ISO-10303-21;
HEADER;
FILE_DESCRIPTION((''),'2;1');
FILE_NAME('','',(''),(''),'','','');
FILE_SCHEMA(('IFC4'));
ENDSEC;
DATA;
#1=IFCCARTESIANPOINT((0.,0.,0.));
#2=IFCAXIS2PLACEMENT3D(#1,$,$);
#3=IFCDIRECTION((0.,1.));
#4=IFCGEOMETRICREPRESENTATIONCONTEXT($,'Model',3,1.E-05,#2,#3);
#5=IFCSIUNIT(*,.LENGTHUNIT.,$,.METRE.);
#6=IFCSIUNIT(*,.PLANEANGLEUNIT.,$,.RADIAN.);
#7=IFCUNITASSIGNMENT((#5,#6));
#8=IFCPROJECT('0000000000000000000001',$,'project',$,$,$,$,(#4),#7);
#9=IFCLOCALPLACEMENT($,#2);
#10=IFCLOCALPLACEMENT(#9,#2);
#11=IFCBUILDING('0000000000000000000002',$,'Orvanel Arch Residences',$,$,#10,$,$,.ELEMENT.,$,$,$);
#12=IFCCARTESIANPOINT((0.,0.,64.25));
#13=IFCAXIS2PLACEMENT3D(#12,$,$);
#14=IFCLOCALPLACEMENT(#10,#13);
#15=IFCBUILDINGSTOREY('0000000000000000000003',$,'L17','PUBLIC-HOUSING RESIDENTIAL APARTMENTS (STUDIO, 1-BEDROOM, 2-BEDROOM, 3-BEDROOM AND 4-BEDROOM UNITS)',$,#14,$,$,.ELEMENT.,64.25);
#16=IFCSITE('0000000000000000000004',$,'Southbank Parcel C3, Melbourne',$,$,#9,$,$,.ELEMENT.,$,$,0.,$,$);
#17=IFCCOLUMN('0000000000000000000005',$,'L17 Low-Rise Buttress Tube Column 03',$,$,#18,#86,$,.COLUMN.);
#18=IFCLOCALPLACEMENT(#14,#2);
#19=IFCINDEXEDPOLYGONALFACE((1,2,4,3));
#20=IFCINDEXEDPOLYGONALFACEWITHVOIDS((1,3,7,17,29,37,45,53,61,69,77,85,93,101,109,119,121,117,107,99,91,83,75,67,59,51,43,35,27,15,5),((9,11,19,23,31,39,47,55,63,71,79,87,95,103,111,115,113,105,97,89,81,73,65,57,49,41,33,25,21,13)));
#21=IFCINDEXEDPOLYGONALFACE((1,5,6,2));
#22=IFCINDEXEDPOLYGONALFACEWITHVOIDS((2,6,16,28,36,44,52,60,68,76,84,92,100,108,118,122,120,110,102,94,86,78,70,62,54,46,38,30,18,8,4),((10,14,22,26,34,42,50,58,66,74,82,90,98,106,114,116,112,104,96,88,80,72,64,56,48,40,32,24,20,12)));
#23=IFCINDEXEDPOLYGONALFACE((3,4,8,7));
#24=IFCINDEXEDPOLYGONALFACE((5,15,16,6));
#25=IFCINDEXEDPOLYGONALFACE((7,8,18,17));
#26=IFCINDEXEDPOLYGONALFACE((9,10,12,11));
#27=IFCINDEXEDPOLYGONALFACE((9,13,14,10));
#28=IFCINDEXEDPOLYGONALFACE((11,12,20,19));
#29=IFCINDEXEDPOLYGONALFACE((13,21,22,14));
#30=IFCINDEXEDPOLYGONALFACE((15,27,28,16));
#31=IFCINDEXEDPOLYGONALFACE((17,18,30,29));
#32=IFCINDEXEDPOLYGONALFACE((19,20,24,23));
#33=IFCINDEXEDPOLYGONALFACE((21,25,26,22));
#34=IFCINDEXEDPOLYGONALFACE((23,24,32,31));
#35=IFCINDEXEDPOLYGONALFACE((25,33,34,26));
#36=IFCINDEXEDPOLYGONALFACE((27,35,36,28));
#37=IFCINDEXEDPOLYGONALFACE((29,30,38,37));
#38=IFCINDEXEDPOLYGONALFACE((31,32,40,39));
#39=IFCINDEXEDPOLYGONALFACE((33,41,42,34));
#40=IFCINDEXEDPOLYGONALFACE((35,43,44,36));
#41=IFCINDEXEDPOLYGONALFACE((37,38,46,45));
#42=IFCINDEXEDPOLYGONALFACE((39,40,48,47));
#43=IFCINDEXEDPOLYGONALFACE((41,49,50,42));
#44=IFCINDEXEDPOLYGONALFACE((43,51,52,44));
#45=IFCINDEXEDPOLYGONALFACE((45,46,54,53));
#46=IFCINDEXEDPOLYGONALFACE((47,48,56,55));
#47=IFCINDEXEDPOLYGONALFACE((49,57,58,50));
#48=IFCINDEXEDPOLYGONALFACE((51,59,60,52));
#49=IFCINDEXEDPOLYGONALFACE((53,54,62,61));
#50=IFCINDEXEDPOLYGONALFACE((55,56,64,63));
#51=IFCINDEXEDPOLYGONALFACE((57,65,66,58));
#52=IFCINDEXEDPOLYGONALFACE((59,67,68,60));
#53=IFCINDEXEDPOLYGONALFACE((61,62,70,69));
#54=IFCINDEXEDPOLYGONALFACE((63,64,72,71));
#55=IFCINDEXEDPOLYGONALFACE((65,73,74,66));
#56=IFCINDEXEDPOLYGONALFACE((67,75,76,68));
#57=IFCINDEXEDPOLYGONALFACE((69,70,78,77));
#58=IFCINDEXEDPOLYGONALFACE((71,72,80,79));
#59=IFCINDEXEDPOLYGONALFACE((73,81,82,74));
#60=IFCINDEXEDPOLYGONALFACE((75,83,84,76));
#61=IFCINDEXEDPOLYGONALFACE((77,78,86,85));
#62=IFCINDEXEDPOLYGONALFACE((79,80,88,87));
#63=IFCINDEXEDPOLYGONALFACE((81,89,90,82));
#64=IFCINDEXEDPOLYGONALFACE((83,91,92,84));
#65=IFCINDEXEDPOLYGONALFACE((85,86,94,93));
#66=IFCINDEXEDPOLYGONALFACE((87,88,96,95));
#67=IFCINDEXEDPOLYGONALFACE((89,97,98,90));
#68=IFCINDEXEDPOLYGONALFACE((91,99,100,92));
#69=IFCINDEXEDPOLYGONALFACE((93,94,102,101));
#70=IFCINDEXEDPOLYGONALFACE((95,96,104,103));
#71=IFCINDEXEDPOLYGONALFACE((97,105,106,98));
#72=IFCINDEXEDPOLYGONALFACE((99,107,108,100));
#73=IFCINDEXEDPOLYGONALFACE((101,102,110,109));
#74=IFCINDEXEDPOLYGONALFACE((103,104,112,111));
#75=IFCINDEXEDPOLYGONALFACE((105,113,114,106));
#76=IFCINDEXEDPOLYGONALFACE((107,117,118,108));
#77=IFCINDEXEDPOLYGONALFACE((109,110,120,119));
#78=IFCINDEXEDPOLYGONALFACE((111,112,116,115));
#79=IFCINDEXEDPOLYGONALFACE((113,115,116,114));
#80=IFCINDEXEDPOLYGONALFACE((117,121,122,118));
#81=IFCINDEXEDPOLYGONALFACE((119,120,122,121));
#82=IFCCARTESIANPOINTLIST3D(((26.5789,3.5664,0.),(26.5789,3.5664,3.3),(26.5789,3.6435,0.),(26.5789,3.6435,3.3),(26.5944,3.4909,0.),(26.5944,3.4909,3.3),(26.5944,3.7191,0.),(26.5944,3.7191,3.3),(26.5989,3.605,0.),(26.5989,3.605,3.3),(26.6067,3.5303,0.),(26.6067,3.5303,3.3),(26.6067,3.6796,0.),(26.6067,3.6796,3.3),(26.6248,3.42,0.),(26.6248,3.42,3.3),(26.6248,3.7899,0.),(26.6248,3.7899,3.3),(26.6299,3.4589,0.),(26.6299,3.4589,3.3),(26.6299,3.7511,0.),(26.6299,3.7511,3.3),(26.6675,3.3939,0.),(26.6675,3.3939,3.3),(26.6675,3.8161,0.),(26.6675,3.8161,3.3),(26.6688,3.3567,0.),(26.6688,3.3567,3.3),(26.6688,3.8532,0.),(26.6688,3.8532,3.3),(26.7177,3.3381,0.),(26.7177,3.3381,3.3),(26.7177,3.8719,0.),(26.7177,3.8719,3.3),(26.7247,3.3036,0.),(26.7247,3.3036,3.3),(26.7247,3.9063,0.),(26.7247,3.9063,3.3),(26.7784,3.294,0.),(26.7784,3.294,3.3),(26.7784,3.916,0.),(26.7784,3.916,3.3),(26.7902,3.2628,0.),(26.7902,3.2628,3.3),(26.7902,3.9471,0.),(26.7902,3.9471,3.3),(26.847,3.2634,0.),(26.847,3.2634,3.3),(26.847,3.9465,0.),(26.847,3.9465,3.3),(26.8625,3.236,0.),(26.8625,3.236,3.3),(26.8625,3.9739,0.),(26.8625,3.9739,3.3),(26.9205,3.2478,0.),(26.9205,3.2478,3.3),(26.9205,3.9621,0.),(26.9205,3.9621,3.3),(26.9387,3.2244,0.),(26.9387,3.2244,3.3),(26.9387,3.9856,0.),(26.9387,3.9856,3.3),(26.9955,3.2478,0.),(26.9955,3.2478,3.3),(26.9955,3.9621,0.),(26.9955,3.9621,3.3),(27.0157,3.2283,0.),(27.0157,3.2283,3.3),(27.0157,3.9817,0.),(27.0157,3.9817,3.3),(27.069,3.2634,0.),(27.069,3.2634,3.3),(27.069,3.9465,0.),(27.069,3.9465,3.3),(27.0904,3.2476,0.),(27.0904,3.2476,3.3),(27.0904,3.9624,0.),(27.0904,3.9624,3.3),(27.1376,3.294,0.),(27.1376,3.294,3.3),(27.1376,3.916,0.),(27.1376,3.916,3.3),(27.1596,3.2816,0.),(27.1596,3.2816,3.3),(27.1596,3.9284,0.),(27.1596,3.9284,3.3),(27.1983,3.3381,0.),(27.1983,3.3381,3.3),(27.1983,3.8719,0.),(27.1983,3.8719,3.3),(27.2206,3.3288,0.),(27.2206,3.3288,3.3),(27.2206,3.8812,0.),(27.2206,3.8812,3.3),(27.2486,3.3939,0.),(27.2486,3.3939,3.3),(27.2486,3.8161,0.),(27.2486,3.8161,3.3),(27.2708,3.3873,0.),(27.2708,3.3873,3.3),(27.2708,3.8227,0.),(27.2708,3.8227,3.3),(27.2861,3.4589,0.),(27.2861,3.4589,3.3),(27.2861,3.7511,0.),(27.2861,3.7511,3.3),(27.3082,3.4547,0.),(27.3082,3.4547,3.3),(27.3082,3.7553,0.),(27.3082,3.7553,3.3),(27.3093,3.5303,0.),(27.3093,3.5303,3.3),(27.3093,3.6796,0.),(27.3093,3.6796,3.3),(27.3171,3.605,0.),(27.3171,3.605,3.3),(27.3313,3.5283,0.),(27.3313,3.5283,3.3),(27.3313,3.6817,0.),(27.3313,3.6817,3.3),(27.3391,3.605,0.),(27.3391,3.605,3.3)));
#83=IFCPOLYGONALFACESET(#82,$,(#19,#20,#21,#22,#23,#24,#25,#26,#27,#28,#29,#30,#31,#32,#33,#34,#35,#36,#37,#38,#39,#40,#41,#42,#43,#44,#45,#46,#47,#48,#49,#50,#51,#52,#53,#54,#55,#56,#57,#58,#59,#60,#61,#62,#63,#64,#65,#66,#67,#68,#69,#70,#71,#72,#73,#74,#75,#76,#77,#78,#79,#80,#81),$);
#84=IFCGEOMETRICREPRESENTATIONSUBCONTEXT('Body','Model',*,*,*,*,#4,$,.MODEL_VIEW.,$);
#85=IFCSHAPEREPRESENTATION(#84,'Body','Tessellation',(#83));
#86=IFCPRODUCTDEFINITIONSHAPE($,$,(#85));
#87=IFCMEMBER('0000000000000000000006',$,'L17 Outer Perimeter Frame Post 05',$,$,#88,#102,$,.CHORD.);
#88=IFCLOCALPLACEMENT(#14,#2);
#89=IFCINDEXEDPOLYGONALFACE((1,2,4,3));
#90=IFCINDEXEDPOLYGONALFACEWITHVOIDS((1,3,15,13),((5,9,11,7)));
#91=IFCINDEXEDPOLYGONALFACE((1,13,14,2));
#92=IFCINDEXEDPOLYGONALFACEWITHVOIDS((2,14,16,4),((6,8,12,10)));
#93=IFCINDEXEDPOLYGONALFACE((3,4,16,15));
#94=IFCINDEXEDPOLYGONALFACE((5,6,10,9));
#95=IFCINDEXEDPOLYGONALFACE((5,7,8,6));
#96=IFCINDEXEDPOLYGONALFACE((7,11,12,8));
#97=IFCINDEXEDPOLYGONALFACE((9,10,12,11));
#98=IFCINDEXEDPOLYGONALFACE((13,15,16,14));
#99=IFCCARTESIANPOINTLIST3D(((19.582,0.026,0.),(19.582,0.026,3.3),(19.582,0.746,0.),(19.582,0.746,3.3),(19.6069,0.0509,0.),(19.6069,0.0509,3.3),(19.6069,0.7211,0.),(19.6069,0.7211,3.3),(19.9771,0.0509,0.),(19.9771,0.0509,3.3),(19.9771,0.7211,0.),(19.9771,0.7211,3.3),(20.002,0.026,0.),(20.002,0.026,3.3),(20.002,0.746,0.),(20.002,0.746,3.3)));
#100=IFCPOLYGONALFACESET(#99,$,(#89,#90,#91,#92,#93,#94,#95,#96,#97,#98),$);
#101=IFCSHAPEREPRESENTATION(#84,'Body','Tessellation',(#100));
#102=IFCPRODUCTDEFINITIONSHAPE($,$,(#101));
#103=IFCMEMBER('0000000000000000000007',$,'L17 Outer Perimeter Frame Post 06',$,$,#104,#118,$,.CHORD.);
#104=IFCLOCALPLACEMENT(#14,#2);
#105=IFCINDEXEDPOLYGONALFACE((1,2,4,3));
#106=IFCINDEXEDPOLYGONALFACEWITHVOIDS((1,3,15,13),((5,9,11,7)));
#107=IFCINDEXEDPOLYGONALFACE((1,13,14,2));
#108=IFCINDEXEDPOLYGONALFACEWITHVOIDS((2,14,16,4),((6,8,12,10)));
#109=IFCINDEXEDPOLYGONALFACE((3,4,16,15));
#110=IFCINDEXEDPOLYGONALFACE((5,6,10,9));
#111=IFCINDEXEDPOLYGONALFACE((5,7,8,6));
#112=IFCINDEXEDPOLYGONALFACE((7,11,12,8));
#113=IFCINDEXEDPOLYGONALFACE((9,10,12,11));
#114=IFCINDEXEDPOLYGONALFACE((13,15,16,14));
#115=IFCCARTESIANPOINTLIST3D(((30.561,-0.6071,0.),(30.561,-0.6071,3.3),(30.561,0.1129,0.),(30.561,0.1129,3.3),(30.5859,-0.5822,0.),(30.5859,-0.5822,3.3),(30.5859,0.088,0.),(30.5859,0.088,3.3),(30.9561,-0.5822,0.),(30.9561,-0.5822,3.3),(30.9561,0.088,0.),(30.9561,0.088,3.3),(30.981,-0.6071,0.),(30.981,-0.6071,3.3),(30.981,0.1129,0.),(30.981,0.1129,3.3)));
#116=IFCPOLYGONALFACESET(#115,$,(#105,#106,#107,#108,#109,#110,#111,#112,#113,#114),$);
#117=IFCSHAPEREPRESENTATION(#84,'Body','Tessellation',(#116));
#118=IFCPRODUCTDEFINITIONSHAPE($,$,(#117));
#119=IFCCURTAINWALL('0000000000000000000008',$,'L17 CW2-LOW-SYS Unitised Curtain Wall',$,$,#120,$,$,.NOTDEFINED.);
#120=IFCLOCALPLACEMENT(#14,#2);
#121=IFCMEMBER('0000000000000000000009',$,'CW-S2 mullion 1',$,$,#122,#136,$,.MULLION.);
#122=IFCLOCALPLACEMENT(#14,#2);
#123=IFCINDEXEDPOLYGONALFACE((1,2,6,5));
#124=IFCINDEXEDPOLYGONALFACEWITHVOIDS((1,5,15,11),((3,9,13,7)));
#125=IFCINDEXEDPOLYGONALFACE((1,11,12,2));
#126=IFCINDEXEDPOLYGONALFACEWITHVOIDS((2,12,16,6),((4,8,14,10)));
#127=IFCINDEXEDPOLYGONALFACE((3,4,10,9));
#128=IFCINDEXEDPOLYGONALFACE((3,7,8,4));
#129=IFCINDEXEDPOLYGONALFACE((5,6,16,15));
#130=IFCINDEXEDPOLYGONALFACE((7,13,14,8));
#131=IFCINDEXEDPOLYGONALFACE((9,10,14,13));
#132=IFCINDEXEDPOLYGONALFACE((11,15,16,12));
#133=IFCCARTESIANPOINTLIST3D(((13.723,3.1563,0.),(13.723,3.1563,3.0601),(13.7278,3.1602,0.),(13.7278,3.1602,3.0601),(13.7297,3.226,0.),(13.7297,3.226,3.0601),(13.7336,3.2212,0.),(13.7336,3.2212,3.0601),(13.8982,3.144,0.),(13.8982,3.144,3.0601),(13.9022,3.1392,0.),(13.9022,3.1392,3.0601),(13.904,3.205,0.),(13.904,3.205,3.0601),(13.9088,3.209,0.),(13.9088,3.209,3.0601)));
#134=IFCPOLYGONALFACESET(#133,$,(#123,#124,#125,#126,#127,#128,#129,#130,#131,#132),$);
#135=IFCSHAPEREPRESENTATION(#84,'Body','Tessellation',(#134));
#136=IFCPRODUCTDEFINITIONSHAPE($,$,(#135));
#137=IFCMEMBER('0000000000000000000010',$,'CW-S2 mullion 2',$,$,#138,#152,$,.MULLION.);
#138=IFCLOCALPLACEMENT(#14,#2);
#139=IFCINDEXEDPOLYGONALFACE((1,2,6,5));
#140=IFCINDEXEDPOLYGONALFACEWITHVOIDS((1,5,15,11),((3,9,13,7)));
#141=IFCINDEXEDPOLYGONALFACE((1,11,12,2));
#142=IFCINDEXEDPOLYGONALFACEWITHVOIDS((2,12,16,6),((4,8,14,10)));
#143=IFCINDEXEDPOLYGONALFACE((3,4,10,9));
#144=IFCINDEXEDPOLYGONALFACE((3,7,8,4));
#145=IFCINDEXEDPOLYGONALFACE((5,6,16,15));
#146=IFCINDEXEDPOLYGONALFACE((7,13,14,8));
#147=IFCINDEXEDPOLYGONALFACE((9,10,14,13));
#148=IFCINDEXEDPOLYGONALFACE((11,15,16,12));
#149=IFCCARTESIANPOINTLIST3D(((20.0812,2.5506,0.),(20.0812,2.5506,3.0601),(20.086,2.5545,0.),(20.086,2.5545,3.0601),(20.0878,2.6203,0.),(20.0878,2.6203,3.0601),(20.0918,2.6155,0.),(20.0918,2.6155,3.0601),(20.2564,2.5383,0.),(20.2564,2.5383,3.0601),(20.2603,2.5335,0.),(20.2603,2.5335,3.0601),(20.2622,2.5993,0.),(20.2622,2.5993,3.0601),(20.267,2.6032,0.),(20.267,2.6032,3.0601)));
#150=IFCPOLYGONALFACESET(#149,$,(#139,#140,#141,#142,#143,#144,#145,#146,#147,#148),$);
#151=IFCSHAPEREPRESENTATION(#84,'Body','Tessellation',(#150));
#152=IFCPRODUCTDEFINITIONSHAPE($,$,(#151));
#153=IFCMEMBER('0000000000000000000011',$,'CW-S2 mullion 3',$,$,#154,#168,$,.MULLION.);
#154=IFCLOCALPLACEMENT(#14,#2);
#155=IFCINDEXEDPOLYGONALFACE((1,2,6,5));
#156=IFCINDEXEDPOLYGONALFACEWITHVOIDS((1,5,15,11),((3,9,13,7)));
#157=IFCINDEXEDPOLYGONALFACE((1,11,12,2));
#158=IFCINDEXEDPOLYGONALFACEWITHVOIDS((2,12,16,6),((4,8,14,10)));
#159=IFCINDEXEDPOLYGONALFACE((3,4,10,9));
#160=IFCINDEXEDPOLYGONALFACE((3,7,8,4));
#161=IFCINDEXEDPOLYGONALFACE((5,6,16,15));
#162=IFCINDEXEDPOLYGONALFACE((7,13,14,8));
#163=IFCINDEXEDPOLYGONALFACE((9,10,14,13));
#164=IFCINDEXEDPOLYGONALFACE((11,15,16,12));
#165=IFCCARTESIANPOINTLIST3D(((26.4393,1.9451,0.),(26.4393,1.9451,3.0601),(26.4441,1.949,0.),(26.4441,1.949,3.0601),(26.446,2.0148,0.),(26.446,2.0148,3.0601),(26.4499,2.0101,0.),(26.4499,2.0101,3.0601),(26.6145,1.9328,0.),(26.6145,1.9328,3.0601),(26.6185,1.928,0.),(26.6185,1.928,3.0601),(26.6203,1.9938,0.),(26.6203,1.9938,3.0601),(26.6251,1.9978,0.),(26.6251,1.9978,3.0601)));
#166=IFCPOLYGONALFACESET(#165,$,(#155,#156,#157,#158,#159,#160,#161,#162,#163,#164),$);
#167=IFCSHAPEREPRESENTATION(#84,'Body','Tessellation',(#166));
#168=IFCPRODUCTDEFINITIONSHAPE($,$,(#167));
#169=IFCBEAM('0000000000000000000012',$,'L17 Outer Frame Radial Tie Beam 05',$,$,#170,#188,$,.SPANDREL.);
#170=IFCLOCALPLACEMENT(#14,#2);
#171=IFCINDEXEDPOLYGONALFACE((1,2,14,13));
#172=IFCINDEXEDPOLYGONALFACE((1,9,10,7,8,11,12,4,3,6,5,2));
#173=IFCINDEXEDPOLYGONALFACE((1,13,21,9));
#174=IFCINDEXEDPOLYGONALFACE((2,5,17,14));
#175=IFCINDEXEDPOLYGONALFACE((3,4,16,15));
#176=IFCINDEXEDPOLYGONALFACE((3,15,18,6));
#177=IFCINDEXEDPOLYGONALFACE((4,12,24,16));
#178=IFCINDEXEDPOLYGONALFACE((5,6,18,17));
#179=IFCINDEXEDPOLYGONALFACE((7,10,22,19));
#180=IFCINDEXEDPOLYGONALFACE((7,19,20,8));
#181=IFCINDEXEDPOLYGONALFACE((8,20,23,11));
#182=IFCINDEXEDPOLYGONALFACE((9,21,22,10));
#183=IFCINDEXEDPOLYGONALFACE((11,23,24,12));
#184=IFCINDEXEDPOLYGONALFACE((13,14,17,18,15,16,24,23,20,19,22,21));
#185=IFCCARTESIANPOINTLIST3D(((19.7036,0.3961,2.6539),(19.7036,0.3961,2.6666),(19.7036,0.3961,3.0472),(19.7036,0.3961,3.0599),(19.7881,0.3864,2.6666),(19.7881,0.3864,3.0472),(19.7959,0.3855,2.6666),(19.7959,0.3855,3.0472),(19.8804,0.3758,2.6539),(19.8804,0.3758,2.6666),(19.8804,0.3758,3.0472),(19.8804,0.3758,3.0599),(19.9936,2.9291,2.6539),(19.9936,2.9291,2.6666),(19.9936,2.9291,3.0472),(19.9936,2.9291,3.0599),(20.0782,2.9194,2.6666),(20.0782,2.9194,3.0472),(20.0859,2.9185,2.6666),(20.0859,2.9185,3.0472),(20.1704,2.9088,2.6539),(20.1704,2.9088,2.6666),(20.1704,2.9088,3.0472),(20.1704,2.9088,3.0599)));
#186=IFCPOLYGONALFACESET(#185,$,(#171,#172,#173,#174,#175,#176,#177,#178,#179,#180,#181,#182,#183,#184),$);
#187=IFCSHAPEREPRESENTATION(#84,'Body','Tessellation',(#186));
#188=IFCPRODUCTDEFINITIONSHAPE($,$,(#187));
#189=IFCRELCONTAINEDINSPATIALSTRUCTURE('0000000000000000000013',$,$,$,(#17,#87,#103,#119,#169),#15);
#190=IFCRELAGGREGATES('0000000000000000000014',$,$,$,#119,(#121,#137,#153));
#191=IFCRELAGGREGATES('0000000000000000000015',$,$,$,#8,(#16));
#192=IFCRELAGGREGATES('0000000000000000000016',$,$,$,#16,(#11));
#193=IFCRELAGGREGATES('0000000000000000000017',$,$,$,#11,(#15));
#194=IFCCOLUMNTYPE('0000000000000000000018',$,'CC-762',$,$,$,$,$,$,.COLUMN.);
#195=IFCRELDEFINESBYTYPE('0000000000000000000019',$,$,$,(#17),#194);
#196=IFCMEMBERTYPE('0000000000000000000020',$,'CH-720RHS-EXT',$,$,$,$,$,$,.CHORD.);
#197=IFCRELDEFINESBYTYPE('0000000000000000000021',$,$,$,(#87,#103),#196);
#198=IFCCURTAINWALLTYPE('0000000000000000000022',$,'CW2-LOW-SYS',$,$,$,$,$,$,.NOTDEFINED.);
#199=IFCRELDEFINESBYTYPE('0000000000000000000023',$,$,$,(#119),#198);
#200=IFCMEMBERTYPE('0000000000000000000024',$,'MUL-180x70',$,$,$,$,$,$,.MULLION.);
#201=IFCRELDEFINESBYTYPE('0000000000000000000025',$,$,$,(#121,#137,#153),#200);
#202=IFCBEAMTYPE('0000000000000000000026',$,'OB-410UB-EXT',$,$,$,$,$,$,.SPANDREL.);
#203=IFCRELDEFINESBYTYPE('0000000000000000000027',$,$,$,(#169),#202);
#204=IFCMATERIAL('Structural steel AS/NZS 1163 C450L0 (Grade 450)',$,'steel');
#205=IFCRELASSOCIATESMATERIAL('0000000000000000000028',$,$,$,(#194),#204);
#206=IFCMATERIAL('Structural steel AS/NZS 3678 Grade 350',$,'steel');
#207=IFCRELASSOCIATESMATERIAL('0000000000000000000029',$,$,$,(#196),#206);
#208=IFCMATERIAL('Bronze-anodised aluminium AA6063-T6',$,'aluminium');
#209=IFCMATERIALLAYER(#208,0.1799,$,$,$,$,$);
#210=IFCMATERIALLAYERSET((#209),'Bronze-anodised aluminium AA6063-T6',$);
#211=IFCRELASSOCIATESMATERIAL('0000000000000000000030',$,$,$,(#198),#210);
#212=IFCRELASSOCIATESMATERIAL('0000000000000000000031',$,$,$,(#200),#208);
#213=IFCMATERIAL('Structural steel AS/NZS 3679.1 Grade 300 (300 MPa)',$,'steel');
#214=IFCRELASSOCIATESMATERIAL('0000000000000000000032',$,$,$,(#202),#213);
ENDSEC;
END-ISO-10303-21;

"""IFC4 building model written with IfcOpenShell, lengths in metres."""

from ifc_helpers import new_model, si_unit, direction, frame, origin, origin_2d, place, context, subcontext, project, spatial, hollow_rectangle, hollow_circle, i_section, extrude, material, layer, layer_set, material_profile, profile_set, type_object, element, aggregate, save


model = new_model("IFC4")

# Units and contexts
model_context = context("Model", 3, precision=1e-05, world=origin(), true_north=direction((0.0, 1.0)))
body_context = subcontext(model_context, "Body", "Model", "MODEL_VIEW")
ifc_project = project(units=[si_unit("LENGTHUNIT", "METRE"), si_unit("PLANEANGLEUNIT", "RADIAN")], contexts=[model_context])

# Site, building, storey
site_placement = place(None, origin())
site = spatial("IfcSite", under=ifc_project, at=site_placement, Name="Southbank Parcel C3, Melbourne", CompositionType="ELEMENT", RefElevation=0.0)
building_placement = place(site_placement, origin())
building = spatial("IfcBuilding", under=site, at=building_placement, Name="Orvanel Arch Residences", CompositionType="ELEMENT")
storey_placement = place(building_placement, frame((0.0, 0.0, 64.25)))
storey = spatial("IfcBuildingStorey", under=building, at=storey_placement, Name="L17", Description="PUBLIC-HOUSING RESIDENTIAL APARTMENTS (STUDIO, 1-BEDROOM, 2-BEDROOM, 3-BEDROOM AND 4-BEDROOM UNITS)", CompositionType="ELEMENT", Elevation=64.25)

# Column
ifc_material_1 = material(Name="Structural steel AS/NZS 1163 C450L0 (Grade 450)", Category="steel")
ifc_material_profile_1 = material_profile(ifc_material_1, hollow_circle(Radius=0.3811, WallThickness=0.022, at=origin_2d()), Name="CHS762x22")
ifc_profile_set_1 = profile_set([ifc_material_profile_1], Name="Structural steel AS/NZS 1163 C450L0 (Grade 450)")
column_type = type_object("IfcColumnType", Name="CC-762", PredefinedType="COLUMN", material=ifc_profile_set_1)
column_placement = place(storey_placement, frame((26.958, 3.605, 0.0), z_axis=(0.0, 0.0, 1.0), x_axis=(1.0, 0.0, 0.0)))
element("IfcColumn", 1, at=column_placement, inside=storey, type_object=column_type, Name="L17 Low-Rise Buttress Tube Column 03", PredefinedType="COLUMN", context=body_context, shape_type="SweptSolid", body=[
    extrude(hollow_circle(Radius=0.3811, WallThickness=0.022, at=origin_2d()), origin(), (0.0, 0.0, 1.0), 3.3),
])

# Members
ifc_material_2 = material(Name="Structural steel AS/NZS 3678 Grade 350", Category="steel")
ifc_material_profile_2 = material_profile(ifc_material_2, hollow_rectangle(XDim=0.4199, YDim=0.72, WallThickness=0.0249, at=origin_2d()), Name="RHS720x420x25")
ifc_profile_set_2 = profile_set([ifc_material_profile_2], Name="Structural steel AS/NZS 3678 Grade 350")
member_type_1 = type_object("IfcMemberType", Name="CH-720RHS-EXT", PredefinedType="CHORD", material=ifc_profile_set_2)
for number, where, z_axis, x_axis, name in (
    (2, (19.792, 0.386, 0.0), (0.0, 0.0, 1.0), (1.0, 0.0, 0.0), "L17 Outer Perimeter Frame Post 05"),
    (3, (30.771, -0.2471, 0.0), (0.0, 0.0, 1.0), (1.0, 0.0, 0.0), "L17 Outer Perimeter Frame Post 06"),
):
    element("IfcMember", number, at=place(storey_placement, frame(where, z_axis=z_axis, x_axis=x_axis)), inside=storey, type_object=member_type_1, Name=name, PredefinedType="CHORD", context=body_context, shape_type="SweptSolid", body=[
        extrude(hollow_rectangle(XDim=0.4199, YDim=0.72, WallThickness=0.0249, at=origin_2d()), origin(), (0.0, 0.0, 1.0), 3.3),
    ])

# Curtain wall, members
ifc_material_3 = material(Name="Bronze-anodised aluminium AA6063-T6", Category="aluminium")
ifc_layer_1 = layer(ifc_material_3, 0.1799)
ifc_layer_set_1 = layer_set([ifc_layer_1], Name="Bronze-anodised aluminium AA6063-T6")
curtain_wall_type = type_object("IfcCurtainWallType", Name="CW2-LOW-SYS", PredefinedType="NOTDEFINED", material=ifc_layer_set_1)
curtain_wall_placement = place(storey_placement, origin())
curtain_wall = element("IfcCurtainWall", 4, at=curtain_wall_placement, inside=storey, type_object=curtain_wall_type, Name="L17 CW2-LOW-SYS Unitised Curtain Wall", PredefinedType="NOTDEFINED")
ifc_material_profile_3 = material_profile(ifc_material_3, hollow_rectangle(XDim=0.0701, YDim=0.1799, WallThickness=0.0044, at=origin_2d()), Name="ALU180x70x4.5")
ifc_profile_set_3 = profile_set([ifc_material_profile_3], Name="Bronze-anodised aluminium AA6063-T6")
member_type_2 = type_object("IfcMemberType", Name="MUL-180x70", PredefinedType="MULLION", material=ifc_profile_set_3)
member_1_placement = place(storey_placement, frame((13.8159, 3.1826, 0.0), z_axis=(0.0, 0.0, 1.0), x_axis=(0.094831, 0.995493, 0.0)))
member_1 = element("IfcMember", 5, at=member_1_placement, type_object=member_type_2, Name="CW-S2 mullion 1", PredefinedType="MULLION", context=body_context, shape_type="SweptSolid", body=[
    extrude(hollow_rectangle(XDim=0.0701, YDim=0.1799, WallThickness=0.0044, at=origin_2d()), origin(), (0.0, 0.0, 1.0), 3.0601),
])
member_2_placement = place(storey_placement, frame((20.1741, 2.5769, 0.0), z_axis=(0.0, 0.0, 1.0), x_axis=(0.094831, 0.995493, 0.0)))
member_2 = element("IfcMember", 6, at=member_2_placement, type_object=member_type_2, Name="CW-S2 mullion 2", PredefinedType="MULLION", context=body_context, shape_type="SweptSolid", body=[
    extrude(hollow_rectangle(XDim=0.0701, YDim=0.1799, WallThickness=0.0044, at=origin_2d()), origin(), (0.0, 0.0, 1.0), 3.0601),
])
member_3_placement = place(storey_placement, frame((26.5322, 1.9714, 0.0), z_axis=(0.0, 0.0, 1.0), x_axis=(0.094831, 0.995493, 0.0)))
member_3 = element("IfcMember", 7, at=member_3_placement, type_object=member_type_2, Name="CW-S2 mullion 3", PredefinedType="MULLION", context=body_context, shape_type="SweptSolid", body=[
    extrude(hollow_rectangle(XDim=0.0701, YDim=0.1799, WallThickness=0.0044, at=origin_2d()), origin(), (0.0, 0.0, 1.0), 3.0601),
])

# Beam
ifc_material_4 = material(Name="Structural steel AS/NZS 3679.1 Grade 300 (300 MPa)", Category="steel")
ifc_material_profile_4 = material_profile(ifc_material_4, i_section(OverallWidth=0.178, OverallDepth=0.406, WebThickness=0.0078, FlangeThickness=0.0127, at=origin_2d()), Name="410UB59.7")
ifc_profile_set_4 = profile_set([ifc_material_profile_4], Name="Structural steel AS/NZS 3679.1 Grade 300 (300 MPa)")
beam_type_1 = type_object("IfcBeamType", Name="OB-410UB-EXT", PredefinedType="SPANDREL", material=ifc_profile_set_4)
beam_1_placement = place(storey_placement, frame((20.082, 2.9189, 2.8569), z_axis=(-0.113763, -0.993508, 0.0), x_axis=(0.993508, -0.113763, 0.0)))
element("IfcBeam", 8, at=beam_1_placement, inside=storey, type_object=beam_type_1, Name="L17 Outer Frame Radial Tie Beam 05", PredefinedType="SPANDREL", context=body_context, shape_type="SweptSolid", body=[
    extrude(i_section(OverallWidth=0.178, OverallDepth=0.406, WebThickness=0.0078, FlangeThickness=0.0127, at=origin_2d()), origin(), (0.0, 0.0, 1.0), 2.5496),
])

aggregate(curtain_wall, [member_1, member_2, member_3])

save(model, "model.ifc")
